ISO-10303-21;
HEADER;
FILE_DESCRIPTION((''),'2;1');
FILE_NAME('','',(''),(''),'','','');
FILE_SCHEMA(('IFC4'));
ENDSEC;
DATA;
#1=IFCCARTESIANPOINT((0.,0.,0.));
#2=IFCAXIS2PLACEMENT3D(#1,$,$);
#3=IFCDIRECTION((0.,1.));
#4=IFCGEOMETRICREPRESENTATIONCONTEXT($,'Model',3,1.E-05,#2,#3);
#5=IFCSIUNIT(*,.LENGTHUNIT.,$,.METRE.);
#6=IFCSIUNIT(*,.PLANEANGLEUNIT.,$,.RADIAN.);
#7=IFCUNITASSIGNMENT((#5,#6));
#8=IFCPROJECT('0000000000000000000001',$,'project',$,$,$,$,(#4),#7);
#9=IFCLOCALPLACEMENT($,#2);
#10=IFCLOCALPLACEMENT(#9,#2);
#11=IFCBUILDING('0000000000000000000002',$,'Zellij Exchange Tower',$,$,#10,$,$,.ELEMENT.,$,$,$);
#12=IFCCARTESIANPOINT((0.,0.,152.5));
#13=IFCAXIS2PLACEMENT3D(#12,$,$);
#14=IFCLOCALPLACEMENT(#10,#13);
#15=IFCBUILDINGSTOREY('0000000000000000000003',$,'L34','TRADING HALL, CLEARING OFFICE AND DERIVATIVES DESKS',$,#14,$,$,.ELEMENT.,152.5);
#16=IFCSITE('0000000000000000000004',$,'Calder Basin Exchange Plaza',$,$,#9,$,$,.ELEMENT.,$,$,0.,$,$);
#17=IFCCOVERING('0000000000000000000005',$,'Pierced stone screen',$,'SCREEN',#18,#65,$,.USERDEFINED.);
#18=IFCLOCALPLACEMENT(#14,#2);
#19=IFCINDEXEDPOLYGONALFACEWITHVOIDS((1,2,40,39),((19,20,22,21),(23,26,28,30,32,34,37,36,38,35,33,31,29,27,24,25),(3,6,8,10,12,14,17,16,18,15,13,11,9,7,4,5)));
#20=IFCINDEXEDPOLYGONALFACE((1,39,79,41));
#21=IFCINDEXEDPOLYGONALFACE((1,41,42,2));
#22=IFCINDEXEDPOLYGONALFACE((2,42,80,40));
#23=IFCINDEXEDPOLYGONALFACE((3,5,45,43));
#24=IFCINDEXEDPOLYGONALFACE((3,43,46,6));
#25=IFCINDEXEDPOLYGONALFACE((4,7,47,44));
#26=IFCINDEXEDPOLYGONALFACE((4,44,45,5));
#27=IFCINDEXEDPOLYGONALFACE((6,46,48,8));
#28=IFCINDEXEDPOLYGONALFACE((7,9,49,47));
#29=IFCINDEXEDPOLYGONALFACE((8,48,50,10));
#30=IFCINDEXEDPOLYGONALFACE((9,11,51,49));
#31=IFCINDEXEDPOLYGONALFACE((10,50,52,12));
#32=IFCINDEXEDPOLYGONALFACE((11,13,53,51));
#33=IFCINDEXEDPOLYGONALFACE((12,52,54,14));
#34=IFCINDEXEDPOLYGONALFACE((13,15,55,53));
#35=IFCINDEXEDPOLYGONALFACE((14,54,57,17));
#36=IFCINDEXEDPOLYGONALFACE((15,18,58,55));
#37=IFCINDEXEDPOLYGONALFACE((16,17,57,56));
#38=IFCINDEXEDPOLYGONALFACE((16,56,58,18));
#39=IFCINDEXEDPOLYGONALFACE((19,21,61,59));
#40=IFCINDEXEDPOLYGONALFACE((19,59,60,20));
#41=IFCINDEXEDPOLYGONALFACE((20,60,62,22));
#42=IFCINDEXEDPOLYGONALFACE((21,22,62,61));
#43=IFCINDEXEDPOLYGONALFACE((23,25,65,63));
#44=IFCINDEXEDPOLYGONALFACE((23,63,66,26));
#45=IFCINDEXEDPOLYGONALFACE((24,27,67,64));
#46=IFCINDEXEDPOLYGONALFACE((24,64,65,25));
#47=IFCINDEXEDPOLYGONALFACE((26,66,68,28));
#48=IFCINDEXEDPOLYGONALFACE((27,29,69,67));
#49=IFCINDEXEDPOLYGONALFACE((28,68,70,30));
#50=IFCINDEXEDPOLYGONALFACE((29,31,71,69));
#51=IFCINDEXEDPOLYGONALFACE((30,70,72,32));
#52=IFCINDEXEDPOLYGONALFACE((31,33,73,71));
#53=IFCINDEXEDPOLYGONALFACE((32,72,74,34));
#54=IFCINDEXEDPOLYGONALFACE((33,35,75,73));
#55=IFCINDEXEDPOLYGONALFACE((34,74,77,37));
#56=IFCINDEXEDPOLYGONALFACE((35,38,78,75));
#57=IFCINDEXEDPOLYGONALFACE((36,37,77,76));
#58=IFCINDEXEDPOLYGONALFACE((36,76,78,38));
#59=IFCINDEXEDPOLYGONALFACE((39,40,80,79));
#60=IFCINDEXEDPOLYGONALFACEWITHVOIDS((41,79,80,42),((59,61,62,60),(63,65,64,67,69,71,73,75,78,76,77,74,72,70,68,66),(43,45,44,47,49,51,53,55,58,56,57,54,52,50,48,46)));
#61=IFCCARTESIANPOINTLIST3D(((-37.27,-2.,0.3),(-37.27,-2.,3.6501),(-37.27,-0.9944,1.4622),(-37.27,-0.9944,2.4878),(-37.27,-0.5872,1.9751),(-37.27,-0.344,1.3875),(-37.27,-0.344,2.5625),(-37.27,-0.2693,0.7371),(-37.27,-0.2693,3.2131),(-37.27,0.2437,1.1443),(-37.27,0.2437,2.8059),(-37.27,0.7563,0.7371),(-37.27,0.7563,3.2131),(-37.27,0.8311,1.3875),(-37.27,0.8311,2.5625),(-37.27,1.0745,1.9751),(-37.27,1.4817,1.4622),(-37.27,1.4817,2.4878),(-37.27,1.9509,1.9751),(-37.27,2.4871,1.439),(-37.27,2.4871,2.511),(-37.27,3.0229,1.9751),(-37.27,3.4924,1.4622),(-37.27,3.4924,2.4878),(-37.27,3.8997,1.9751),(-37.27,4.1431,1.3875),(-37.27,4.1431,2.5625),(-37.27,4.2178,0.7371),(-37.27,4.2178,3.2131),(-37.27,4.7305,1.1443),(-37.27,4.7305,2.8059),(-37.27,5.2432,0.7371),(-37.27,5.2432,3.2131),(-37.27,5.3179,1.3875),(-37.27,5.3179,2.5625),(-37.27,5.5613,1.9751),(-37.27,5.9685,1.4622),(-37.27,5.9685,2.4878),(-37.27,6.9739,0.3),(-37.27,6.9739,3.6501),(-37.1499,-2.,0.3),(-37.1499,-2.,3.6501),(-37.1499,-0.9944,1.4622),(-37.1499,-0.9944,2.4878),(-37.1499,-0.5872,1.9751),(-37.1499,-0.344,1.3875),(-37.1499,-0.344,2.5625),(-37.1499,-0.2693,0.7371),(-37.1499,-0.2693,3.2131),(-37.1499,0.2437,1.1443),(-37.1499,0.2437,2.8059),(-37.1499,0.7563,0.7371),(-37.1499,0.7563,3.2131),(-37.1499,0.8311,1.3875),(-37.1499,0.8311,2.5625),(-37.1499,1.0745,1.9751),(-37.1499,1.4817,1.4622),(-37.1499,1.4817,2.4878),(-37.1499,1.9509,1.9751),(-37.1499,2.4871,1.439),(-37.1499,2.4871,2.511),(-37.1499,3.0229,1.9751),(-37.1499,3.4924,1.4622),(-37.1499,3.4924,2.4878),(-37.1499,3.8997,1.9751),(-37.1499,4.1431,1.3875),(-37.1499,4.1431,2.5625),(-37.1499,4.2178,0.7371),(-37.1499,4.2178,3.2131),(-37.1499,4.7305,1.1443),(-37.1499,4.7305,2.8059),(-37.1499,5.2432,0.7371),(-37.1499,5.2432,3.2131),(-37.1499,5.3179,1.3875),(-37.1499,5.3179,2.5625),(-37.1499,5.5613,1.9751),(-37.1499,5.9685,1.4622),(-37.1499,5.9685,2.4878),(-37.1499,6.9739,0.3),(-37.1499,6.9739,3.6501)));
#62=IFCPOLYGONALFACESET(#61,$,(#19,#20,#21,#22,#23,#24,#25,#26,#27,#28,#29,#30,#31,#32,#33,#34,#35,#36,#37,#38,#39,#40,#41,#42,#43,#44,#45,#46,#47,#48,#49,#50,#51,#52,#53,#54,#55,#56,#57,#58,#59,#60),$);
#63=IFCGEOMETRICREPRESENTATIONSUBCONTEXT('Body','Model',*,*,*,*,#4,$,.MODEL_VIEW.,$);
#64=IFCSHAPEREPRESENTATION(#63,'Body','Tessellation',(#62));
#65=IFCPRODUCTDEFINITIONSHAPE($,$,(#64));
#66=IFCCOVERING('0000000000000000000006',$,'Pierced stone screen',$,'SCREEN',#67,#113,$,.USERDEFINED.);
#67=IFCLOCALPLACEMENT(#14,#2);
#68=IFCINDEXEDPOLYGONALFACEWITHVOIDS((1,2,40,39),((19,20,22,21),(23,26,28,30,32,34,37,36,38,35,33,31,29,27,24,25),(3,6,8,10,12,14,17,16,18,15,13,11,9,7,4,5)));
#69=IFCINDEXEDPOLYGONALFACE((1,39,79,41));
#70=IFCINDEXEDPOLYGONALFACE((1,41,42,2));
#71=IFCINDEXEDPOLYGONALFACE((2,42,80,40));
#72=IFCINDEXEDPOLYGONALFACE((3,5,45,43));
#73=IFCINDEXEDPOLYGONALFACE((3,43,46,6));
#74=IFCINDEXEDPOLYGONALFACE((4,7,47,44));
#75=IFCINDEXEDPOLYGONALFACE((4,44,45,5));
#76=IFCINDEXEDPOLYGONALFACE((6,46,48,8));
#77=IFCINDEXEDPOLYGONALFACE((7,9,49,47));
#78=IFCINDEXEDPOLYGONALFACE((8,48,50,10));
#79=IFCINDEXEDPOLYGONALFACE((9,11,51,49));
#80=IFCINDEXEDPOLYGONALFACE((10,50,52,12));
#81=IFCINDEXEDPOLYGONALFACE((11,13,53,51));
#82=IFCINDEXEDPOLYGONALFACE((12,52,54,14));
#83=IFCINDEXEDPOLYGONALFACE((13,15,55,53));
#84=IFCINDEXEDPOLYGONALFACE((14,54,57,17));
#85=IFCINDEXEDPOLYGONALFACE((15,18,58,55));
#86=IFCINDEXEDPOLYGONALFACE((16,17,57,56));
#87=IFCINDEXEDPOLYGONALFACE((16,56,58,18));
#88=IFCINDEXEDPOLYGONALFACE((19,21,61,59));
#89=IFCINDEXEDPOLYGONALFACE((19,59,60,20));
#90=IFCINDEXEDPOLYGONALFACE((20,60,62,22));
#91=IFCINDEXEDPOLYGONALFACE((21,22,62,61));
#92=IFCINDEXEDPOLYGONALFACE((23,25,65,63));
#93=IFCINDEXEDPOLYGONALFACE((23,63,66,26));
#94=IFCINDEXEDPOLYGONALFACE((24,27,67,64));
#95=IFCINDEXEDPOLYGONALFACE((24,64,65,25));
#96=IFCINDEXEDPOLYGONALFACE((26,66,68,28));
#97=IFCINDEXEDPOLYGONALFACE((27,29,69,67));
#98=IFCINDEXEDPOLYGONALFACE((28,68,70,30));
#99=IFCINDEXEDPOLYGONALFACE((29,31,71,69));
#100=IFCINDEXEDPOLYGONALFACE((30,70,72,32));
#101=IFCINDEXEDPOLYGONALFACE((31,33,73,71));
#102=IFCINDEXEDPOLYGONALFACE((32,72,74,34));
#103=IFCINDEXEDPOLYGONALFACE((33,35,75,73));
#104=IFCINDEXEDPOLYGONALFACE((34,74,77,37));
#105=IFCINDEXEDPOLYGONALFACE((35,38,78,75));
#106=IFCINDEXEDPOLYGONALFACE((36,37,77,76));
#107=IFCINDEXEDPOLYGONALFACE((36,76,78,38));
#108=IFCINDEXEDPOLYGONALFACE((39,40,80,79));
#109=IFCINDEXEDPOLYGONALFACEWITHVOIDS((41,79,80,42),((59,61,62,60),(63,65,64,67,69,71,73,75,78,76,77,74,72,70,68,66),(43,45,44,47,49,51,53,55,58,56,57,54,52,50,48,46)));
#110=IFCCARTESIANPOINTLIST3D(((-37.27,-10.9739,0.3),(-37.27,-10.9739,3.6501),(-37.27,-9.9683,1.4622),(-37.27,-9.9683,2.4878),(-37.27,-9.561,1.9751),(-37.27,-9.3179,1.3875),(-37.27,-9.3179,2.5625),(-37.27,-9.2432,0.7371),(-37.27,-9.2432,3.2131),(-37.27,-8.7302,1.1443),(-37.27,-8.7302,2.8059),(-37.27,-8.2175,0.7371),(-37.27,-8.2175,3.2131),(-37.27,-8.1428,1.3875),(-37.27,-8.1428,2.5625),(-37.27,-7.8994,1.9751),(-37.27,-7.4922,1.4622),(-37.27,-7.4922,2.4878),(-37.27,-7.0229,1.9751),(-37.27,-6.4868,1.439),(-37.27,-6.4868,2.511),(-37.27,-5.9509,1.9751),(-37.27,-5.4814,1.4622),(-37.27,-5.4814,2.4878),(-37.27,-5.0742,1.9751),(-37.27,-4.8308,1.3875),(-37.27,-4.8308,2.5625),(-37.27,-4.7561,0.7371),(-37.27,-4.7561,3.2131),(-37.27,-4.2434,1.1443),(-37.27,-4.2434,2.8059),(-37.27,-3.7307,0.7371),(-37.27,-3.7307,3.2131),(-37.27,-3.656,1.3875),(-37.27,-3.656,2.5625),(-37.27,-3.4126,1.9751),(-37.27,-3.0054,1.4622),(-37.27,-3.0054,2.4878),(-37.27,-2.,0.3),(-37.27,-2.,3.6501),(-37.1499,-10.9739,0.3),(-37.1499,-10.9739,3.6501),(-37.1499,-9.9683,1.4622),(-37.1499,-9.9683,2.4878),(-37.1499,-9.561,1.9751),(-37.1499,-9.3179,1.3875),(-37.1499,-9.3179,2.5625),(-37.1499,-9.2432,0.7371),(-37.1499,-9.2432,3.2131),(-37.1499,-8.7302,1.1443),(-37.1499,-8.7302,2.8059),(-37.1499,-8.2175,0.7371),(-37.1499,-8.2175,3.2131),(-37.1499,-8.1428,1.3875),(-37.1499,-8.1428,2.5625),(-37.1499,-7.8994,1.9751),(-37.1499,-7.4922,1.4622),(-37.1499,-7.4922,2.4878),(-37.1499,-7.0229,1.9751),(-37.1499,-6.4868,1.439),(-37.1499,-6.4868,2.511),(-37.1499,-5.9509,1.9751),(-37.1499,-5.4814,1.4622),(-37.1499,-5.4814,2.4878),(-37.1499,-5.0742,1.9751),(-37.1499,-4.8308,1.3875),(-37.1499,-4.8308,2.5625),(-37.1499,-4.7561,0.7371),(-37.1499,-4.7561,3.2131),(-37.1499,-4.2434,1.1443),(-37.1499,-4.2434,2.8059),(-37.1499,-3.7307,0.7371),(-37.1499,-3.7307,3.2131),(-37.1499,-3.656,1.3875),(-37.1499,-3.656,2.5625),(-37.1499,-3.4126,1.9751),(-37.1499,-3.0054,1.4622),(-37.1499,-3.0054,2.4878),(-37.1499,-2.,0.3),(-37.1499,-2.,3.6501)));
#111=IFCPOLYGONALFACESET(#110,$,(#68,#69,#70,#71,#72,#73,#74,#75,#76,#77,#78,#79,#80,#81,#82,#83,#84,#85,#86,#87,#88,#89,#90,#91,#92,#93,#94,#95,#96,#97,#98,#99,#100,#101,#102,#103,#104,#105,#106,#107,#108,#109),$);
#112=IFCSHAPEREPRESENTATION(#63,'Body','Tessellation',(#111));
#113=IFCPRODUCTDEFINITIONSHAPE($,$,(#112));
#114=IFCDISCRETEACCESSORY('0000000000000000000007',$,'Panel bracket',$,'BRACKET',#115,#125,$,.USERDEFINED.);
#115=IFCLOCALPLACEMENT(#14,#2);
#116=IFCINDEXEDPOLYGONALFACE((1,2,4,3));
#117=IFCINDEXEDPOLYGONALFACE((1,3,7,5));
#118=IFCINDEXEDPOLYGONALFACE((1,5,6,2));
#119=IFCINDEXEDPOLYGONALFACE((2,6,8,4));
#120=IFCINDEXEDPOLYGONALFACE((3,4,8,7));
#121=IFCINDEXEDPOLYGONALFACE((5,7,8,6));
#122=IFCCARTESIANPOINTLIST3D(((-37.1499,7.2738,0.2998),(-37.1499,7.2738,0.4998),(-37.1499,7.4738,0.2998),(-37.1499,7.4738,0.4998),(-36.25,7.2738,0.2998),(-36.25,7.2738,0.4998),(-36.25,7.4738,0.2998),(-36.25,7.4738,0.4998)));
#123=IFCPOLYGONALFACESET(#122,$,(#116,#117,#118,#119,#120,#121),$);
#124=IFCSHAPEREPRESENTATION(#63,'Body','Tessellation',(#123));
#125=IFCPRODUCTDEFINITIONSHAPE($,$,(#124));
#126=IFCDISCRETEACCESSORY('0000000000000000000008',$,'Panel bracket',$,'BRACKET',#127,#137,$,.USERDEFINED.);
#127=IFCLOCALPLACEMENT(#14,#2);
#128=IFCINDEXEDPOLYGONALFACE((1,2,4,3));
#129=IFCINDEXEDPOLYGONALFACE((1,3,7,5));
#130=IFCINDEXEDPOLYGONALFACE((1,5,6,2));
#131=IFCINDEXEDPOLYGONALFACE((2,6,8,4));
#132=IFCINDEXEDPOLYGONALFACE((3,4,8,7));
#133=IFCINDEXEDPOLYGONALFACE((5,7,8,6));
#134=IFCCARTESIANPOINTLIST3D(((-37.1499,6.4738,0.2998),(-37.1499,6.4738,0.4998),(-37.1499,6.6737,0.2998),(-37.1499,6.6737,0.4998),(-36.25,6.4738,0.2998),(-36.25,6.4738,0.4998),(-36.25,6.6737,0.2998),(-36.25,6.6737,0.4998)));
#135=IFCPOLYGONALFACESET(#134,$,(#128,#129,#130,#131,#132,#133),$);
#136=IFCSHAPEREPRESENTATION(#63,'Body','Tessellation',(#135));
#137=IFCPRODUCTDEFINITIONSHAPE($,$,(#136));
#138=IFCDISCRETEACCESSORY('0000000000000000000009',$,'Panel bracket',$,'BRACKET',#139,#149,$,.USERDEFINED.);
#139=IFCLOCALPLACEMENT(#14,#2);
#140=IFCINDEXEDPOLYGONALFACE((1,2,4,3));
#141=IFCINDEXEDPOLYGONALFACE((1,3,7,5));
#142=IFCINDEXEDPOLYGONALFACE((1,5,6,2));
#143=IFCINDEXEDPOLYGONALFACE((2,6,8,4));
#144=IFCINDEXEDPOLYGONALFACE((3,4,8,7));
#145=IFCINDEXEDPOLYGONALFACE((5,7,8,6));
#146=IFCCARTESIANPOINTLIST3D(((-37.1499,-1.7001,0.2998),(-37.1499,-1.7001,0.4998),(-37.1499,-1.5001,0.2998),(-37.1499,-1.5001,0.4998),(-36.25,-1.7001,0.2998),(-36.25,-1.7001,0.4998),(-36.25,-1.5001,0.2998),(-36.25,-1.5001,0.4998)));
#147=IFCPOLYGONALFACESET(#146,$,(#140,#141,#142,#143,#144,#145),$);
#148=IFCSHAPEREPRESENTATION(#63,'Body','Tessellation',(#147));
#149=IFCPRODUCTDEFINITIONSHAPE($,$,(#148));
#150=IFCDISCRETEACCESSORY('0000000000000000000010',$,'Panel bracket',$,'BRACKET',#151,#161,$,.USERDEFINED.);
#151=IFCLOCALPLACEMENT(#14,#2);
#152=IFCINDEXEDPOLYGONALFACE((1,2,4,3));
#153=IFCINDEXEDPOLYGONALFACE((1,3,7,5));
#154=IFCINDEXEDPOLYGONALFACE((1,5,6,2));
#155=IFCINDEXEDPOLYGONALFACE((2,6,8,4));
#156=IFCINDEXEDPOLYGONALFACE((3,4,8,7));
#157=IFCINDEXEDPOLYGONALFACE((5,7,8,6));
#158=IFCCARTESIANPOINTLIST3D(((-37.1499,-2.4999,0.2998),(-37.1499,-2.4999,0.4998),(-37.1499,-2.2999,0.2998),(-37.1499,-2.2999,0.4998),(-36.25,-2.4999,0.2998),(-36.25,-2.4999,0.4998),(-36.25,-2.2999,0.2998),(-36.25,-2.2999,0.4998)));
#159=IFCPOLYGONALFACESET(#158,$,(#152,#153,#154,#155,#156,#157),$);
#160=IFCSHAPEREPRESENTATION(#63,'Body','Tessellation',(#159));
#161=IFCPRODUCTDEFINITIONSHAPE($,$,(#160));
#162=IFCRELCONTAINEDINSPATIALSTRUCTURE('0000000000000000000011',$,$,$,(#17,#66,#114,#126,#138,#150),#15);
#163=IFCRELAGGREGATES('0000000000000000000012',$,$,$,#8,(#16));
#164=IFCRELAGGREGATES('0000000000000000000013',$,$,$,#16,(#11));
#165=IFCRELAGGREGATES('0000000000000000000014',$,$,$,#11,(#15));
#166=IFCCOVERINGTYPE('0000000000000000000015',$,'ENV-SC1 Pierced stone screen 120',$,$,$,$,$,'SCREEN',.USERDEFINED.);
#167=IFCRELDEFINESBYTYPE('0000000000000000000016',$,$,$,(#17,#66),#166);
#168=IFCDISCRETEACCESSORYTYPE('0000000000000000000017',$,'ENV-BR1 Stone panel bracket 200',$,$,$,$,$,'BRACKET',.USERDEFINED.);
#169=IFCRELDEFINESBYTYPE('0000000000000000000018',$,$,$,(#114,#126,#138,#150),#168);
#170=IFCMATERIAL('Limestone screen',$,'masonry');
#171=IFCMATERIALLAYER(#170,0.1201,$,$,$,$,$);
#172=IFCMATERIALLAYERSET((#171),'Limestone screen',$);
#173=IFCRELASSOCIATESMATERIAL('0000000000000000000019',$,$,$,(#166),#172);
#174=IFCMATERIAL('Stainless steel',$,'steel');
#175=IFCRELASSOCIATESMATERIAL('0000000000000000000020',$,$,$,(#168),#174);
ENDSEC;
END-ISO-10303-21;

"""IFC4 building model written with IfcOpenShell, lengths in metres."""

from ifc_helpers import new_model, si_unit, direction, frame, origin, origin_2d, place, context, subcontext, project, spatial, polyline, rectangle, outline, extrude, material, layer, layer_set, type_object, element, save


model = new_model("IFC4")

# Units and contexts
model_context = context("Model", 3, precision=1e-05, world=origin(), true_north=direction((0.0, 1.0)))
body_context = subcontext(model_context, "Body", "Model", "MODEL_VIEW")
ifc_project = project(units=[si_unit("LENGTHUNIT", "METRE"), si_unit("PLANEANGLEUNIT", "RADIAN")], contexts=[model_context])

# Site, building, storey
site_placement = place(None, origin())
site = spatial("IfcSite", under=ifc_project, at=site_placement, Name="Calder Basin Exchange Plaza", CompositionType="ELEMENT", RefElevation=0.0)
building_placement = place(site_placement, origin())
building = spatial("IfcBuilding", under=site, at=building_placement, Name="Zellij Exchange Tower", CompositionType="ELEMENT")
storey_placement = place(building_placement, frame((0.0, 0.0, 152.5)))
storey = spatial("IfcBuildingStorey", under=building, at=storey_placement, Name="L34", Description="TRADING HALL, CLEARING OFFICE AND DERIVATIVES DESKS", CompositionType="ELEMENT", Elevation=152.5)

# Coverings
ifc_material_1 = material(Name="Limestone screen", Category="masonry")
ifc_layer_1 = layer(ifc_material_1, 0.1201)
ifc_layer_set_1 = layer_set([ifc_layer_1], Name="Limestone screen")
covering_type = type_object("IfcCoveringType", Name="ENV-SC1 Pierced stone screen 120", ElementType="SCREEN", PredefinedType="USERDEFINED", material=ifc_layer_set_1)
for number, where, z_axis, x_axis, name in (
    (1, (-37.21, 6.9739, 0.3), (0.0, 0.0, 1.0), (0.0, -1.0, 0.0), "Pierced stone screen"),
    (2, (-37.21, -2.0, 0.3), (0.0, 0.0, 1.0), (0.0, -1.0, 0.0), "Pierced stone screen"),
):
    element("IfcCovering", number, at=place(storey_placement, frame(where, z_axis=z_axis, x_axis=x_axis)), inside=storey, type_object=covering_type, Name=name, ObjectType="SCREEN", PredefinedType="USERDEFINED", context=body_context, shape_type="SweptSolid", body=[
        extrude(outline(polyline([(0.0, 0.0), (8.9739, 0.0), (8.9739, 3.3501), (0.0, 3.3501), (0.0, 0.0)]), holes=[polyline([(3.4814, 2.1877), (2.8308, 2.2625), (2.7561, 2.9131), (2.2434, 2.5059), (1.7307, 2.9131), (1.656, 2.2625), (1.0054, 2.1877), (1.4126, 1.675), (1.0054, 1.1621), (1.656, 1.0874), (1.7307, 0.437), (2.2434, 0.8442), (2.7561, 0.437), (2.8308, 1.0874), (3.4814, 1.1621), (3.0742, 1.675), (3.4814, 2.1877)]), polyline([(7.9683, 2.1877), (7.3179, 2.2625), (7.2432, 2.9131), (6.7302, 2.5059), (6.2175, 2.9131), (6.1428, 2.2625), (5.4922, 2.1877), (5.8994, 1.675), (5.4922, 1.1621), (6.1428, 1.0874), (6.2175, 0.437), (6.7302, 0.8442), (7.2432, 0.437), (7.3179, 1.0874), (7.9683, 1.1621), (7.561, 1.675), (7.9683, 2.1877)]), polyline([(5.0229, 1.675), (4.4868, 2.2109), (3.9509, 1.675), (4.4868, 1.1389), (5.0229, 1.675)])]), frame((0.0, 0.0601, 0.0), z_axis=(0.0, -1.0, 0.0), x_axis=(1.0, 0.0, 0.0)), (0.0, 0.0, 1.0), 0.1201),
    ])

# Discrete accessories
ifc_material_2 = material(Name="Stainless steel", Category="steel")
discrete_accessory_type = type_object("IfcDiscreteAccessoryType", Name="ENV-BR1 Stone panel bracket 200", ElementType="BRACKET", PredefinedType="USERDEFINED", material=ifc_material_2)
for number, where, z_axis, x_axis, name in (
    (3, (-36.7, 7.3738, 0.2998), (0.0, 0.0, 1.0), (0.0, -1.0, 0.0), "Panel bracket"),
    (4, (-36.7, 6.5737, 0.2998), (0.0, 0.0, 1.0), (0.0, -1.0, 0.0), "Panel bracket"),
    (5, (-36.7, -1.6001, 0.2998), (0.0, 0.0, 1.0), (0.0, -1.0, 0.0), "Panel bracket"),
    (6, (-36.7, -2.3999, 0.2998), (0.0, 0.0, 1.0), (0.0, -1.0, 0.0), "Panel bracket"),
):
    element("IfcDiscreteAccessory", number, at=place(storey_placement, frame(where, z_axis=z_axis, x_axis=x_axis)), inside=storey, type_object=discrete_accessory_type, Name=name, ObjectType="BRACKET", PredefinedType="USERDEFINED", context=body_context, shape_type="SweptSolid", body=[
        extrude(rectangle(XDim=0.2, YDim=0.8999, at=origin_2d()), origin(), (0.0, 0.0, 1.0), 0.2),
    ])

save(model, "model.ifc")
